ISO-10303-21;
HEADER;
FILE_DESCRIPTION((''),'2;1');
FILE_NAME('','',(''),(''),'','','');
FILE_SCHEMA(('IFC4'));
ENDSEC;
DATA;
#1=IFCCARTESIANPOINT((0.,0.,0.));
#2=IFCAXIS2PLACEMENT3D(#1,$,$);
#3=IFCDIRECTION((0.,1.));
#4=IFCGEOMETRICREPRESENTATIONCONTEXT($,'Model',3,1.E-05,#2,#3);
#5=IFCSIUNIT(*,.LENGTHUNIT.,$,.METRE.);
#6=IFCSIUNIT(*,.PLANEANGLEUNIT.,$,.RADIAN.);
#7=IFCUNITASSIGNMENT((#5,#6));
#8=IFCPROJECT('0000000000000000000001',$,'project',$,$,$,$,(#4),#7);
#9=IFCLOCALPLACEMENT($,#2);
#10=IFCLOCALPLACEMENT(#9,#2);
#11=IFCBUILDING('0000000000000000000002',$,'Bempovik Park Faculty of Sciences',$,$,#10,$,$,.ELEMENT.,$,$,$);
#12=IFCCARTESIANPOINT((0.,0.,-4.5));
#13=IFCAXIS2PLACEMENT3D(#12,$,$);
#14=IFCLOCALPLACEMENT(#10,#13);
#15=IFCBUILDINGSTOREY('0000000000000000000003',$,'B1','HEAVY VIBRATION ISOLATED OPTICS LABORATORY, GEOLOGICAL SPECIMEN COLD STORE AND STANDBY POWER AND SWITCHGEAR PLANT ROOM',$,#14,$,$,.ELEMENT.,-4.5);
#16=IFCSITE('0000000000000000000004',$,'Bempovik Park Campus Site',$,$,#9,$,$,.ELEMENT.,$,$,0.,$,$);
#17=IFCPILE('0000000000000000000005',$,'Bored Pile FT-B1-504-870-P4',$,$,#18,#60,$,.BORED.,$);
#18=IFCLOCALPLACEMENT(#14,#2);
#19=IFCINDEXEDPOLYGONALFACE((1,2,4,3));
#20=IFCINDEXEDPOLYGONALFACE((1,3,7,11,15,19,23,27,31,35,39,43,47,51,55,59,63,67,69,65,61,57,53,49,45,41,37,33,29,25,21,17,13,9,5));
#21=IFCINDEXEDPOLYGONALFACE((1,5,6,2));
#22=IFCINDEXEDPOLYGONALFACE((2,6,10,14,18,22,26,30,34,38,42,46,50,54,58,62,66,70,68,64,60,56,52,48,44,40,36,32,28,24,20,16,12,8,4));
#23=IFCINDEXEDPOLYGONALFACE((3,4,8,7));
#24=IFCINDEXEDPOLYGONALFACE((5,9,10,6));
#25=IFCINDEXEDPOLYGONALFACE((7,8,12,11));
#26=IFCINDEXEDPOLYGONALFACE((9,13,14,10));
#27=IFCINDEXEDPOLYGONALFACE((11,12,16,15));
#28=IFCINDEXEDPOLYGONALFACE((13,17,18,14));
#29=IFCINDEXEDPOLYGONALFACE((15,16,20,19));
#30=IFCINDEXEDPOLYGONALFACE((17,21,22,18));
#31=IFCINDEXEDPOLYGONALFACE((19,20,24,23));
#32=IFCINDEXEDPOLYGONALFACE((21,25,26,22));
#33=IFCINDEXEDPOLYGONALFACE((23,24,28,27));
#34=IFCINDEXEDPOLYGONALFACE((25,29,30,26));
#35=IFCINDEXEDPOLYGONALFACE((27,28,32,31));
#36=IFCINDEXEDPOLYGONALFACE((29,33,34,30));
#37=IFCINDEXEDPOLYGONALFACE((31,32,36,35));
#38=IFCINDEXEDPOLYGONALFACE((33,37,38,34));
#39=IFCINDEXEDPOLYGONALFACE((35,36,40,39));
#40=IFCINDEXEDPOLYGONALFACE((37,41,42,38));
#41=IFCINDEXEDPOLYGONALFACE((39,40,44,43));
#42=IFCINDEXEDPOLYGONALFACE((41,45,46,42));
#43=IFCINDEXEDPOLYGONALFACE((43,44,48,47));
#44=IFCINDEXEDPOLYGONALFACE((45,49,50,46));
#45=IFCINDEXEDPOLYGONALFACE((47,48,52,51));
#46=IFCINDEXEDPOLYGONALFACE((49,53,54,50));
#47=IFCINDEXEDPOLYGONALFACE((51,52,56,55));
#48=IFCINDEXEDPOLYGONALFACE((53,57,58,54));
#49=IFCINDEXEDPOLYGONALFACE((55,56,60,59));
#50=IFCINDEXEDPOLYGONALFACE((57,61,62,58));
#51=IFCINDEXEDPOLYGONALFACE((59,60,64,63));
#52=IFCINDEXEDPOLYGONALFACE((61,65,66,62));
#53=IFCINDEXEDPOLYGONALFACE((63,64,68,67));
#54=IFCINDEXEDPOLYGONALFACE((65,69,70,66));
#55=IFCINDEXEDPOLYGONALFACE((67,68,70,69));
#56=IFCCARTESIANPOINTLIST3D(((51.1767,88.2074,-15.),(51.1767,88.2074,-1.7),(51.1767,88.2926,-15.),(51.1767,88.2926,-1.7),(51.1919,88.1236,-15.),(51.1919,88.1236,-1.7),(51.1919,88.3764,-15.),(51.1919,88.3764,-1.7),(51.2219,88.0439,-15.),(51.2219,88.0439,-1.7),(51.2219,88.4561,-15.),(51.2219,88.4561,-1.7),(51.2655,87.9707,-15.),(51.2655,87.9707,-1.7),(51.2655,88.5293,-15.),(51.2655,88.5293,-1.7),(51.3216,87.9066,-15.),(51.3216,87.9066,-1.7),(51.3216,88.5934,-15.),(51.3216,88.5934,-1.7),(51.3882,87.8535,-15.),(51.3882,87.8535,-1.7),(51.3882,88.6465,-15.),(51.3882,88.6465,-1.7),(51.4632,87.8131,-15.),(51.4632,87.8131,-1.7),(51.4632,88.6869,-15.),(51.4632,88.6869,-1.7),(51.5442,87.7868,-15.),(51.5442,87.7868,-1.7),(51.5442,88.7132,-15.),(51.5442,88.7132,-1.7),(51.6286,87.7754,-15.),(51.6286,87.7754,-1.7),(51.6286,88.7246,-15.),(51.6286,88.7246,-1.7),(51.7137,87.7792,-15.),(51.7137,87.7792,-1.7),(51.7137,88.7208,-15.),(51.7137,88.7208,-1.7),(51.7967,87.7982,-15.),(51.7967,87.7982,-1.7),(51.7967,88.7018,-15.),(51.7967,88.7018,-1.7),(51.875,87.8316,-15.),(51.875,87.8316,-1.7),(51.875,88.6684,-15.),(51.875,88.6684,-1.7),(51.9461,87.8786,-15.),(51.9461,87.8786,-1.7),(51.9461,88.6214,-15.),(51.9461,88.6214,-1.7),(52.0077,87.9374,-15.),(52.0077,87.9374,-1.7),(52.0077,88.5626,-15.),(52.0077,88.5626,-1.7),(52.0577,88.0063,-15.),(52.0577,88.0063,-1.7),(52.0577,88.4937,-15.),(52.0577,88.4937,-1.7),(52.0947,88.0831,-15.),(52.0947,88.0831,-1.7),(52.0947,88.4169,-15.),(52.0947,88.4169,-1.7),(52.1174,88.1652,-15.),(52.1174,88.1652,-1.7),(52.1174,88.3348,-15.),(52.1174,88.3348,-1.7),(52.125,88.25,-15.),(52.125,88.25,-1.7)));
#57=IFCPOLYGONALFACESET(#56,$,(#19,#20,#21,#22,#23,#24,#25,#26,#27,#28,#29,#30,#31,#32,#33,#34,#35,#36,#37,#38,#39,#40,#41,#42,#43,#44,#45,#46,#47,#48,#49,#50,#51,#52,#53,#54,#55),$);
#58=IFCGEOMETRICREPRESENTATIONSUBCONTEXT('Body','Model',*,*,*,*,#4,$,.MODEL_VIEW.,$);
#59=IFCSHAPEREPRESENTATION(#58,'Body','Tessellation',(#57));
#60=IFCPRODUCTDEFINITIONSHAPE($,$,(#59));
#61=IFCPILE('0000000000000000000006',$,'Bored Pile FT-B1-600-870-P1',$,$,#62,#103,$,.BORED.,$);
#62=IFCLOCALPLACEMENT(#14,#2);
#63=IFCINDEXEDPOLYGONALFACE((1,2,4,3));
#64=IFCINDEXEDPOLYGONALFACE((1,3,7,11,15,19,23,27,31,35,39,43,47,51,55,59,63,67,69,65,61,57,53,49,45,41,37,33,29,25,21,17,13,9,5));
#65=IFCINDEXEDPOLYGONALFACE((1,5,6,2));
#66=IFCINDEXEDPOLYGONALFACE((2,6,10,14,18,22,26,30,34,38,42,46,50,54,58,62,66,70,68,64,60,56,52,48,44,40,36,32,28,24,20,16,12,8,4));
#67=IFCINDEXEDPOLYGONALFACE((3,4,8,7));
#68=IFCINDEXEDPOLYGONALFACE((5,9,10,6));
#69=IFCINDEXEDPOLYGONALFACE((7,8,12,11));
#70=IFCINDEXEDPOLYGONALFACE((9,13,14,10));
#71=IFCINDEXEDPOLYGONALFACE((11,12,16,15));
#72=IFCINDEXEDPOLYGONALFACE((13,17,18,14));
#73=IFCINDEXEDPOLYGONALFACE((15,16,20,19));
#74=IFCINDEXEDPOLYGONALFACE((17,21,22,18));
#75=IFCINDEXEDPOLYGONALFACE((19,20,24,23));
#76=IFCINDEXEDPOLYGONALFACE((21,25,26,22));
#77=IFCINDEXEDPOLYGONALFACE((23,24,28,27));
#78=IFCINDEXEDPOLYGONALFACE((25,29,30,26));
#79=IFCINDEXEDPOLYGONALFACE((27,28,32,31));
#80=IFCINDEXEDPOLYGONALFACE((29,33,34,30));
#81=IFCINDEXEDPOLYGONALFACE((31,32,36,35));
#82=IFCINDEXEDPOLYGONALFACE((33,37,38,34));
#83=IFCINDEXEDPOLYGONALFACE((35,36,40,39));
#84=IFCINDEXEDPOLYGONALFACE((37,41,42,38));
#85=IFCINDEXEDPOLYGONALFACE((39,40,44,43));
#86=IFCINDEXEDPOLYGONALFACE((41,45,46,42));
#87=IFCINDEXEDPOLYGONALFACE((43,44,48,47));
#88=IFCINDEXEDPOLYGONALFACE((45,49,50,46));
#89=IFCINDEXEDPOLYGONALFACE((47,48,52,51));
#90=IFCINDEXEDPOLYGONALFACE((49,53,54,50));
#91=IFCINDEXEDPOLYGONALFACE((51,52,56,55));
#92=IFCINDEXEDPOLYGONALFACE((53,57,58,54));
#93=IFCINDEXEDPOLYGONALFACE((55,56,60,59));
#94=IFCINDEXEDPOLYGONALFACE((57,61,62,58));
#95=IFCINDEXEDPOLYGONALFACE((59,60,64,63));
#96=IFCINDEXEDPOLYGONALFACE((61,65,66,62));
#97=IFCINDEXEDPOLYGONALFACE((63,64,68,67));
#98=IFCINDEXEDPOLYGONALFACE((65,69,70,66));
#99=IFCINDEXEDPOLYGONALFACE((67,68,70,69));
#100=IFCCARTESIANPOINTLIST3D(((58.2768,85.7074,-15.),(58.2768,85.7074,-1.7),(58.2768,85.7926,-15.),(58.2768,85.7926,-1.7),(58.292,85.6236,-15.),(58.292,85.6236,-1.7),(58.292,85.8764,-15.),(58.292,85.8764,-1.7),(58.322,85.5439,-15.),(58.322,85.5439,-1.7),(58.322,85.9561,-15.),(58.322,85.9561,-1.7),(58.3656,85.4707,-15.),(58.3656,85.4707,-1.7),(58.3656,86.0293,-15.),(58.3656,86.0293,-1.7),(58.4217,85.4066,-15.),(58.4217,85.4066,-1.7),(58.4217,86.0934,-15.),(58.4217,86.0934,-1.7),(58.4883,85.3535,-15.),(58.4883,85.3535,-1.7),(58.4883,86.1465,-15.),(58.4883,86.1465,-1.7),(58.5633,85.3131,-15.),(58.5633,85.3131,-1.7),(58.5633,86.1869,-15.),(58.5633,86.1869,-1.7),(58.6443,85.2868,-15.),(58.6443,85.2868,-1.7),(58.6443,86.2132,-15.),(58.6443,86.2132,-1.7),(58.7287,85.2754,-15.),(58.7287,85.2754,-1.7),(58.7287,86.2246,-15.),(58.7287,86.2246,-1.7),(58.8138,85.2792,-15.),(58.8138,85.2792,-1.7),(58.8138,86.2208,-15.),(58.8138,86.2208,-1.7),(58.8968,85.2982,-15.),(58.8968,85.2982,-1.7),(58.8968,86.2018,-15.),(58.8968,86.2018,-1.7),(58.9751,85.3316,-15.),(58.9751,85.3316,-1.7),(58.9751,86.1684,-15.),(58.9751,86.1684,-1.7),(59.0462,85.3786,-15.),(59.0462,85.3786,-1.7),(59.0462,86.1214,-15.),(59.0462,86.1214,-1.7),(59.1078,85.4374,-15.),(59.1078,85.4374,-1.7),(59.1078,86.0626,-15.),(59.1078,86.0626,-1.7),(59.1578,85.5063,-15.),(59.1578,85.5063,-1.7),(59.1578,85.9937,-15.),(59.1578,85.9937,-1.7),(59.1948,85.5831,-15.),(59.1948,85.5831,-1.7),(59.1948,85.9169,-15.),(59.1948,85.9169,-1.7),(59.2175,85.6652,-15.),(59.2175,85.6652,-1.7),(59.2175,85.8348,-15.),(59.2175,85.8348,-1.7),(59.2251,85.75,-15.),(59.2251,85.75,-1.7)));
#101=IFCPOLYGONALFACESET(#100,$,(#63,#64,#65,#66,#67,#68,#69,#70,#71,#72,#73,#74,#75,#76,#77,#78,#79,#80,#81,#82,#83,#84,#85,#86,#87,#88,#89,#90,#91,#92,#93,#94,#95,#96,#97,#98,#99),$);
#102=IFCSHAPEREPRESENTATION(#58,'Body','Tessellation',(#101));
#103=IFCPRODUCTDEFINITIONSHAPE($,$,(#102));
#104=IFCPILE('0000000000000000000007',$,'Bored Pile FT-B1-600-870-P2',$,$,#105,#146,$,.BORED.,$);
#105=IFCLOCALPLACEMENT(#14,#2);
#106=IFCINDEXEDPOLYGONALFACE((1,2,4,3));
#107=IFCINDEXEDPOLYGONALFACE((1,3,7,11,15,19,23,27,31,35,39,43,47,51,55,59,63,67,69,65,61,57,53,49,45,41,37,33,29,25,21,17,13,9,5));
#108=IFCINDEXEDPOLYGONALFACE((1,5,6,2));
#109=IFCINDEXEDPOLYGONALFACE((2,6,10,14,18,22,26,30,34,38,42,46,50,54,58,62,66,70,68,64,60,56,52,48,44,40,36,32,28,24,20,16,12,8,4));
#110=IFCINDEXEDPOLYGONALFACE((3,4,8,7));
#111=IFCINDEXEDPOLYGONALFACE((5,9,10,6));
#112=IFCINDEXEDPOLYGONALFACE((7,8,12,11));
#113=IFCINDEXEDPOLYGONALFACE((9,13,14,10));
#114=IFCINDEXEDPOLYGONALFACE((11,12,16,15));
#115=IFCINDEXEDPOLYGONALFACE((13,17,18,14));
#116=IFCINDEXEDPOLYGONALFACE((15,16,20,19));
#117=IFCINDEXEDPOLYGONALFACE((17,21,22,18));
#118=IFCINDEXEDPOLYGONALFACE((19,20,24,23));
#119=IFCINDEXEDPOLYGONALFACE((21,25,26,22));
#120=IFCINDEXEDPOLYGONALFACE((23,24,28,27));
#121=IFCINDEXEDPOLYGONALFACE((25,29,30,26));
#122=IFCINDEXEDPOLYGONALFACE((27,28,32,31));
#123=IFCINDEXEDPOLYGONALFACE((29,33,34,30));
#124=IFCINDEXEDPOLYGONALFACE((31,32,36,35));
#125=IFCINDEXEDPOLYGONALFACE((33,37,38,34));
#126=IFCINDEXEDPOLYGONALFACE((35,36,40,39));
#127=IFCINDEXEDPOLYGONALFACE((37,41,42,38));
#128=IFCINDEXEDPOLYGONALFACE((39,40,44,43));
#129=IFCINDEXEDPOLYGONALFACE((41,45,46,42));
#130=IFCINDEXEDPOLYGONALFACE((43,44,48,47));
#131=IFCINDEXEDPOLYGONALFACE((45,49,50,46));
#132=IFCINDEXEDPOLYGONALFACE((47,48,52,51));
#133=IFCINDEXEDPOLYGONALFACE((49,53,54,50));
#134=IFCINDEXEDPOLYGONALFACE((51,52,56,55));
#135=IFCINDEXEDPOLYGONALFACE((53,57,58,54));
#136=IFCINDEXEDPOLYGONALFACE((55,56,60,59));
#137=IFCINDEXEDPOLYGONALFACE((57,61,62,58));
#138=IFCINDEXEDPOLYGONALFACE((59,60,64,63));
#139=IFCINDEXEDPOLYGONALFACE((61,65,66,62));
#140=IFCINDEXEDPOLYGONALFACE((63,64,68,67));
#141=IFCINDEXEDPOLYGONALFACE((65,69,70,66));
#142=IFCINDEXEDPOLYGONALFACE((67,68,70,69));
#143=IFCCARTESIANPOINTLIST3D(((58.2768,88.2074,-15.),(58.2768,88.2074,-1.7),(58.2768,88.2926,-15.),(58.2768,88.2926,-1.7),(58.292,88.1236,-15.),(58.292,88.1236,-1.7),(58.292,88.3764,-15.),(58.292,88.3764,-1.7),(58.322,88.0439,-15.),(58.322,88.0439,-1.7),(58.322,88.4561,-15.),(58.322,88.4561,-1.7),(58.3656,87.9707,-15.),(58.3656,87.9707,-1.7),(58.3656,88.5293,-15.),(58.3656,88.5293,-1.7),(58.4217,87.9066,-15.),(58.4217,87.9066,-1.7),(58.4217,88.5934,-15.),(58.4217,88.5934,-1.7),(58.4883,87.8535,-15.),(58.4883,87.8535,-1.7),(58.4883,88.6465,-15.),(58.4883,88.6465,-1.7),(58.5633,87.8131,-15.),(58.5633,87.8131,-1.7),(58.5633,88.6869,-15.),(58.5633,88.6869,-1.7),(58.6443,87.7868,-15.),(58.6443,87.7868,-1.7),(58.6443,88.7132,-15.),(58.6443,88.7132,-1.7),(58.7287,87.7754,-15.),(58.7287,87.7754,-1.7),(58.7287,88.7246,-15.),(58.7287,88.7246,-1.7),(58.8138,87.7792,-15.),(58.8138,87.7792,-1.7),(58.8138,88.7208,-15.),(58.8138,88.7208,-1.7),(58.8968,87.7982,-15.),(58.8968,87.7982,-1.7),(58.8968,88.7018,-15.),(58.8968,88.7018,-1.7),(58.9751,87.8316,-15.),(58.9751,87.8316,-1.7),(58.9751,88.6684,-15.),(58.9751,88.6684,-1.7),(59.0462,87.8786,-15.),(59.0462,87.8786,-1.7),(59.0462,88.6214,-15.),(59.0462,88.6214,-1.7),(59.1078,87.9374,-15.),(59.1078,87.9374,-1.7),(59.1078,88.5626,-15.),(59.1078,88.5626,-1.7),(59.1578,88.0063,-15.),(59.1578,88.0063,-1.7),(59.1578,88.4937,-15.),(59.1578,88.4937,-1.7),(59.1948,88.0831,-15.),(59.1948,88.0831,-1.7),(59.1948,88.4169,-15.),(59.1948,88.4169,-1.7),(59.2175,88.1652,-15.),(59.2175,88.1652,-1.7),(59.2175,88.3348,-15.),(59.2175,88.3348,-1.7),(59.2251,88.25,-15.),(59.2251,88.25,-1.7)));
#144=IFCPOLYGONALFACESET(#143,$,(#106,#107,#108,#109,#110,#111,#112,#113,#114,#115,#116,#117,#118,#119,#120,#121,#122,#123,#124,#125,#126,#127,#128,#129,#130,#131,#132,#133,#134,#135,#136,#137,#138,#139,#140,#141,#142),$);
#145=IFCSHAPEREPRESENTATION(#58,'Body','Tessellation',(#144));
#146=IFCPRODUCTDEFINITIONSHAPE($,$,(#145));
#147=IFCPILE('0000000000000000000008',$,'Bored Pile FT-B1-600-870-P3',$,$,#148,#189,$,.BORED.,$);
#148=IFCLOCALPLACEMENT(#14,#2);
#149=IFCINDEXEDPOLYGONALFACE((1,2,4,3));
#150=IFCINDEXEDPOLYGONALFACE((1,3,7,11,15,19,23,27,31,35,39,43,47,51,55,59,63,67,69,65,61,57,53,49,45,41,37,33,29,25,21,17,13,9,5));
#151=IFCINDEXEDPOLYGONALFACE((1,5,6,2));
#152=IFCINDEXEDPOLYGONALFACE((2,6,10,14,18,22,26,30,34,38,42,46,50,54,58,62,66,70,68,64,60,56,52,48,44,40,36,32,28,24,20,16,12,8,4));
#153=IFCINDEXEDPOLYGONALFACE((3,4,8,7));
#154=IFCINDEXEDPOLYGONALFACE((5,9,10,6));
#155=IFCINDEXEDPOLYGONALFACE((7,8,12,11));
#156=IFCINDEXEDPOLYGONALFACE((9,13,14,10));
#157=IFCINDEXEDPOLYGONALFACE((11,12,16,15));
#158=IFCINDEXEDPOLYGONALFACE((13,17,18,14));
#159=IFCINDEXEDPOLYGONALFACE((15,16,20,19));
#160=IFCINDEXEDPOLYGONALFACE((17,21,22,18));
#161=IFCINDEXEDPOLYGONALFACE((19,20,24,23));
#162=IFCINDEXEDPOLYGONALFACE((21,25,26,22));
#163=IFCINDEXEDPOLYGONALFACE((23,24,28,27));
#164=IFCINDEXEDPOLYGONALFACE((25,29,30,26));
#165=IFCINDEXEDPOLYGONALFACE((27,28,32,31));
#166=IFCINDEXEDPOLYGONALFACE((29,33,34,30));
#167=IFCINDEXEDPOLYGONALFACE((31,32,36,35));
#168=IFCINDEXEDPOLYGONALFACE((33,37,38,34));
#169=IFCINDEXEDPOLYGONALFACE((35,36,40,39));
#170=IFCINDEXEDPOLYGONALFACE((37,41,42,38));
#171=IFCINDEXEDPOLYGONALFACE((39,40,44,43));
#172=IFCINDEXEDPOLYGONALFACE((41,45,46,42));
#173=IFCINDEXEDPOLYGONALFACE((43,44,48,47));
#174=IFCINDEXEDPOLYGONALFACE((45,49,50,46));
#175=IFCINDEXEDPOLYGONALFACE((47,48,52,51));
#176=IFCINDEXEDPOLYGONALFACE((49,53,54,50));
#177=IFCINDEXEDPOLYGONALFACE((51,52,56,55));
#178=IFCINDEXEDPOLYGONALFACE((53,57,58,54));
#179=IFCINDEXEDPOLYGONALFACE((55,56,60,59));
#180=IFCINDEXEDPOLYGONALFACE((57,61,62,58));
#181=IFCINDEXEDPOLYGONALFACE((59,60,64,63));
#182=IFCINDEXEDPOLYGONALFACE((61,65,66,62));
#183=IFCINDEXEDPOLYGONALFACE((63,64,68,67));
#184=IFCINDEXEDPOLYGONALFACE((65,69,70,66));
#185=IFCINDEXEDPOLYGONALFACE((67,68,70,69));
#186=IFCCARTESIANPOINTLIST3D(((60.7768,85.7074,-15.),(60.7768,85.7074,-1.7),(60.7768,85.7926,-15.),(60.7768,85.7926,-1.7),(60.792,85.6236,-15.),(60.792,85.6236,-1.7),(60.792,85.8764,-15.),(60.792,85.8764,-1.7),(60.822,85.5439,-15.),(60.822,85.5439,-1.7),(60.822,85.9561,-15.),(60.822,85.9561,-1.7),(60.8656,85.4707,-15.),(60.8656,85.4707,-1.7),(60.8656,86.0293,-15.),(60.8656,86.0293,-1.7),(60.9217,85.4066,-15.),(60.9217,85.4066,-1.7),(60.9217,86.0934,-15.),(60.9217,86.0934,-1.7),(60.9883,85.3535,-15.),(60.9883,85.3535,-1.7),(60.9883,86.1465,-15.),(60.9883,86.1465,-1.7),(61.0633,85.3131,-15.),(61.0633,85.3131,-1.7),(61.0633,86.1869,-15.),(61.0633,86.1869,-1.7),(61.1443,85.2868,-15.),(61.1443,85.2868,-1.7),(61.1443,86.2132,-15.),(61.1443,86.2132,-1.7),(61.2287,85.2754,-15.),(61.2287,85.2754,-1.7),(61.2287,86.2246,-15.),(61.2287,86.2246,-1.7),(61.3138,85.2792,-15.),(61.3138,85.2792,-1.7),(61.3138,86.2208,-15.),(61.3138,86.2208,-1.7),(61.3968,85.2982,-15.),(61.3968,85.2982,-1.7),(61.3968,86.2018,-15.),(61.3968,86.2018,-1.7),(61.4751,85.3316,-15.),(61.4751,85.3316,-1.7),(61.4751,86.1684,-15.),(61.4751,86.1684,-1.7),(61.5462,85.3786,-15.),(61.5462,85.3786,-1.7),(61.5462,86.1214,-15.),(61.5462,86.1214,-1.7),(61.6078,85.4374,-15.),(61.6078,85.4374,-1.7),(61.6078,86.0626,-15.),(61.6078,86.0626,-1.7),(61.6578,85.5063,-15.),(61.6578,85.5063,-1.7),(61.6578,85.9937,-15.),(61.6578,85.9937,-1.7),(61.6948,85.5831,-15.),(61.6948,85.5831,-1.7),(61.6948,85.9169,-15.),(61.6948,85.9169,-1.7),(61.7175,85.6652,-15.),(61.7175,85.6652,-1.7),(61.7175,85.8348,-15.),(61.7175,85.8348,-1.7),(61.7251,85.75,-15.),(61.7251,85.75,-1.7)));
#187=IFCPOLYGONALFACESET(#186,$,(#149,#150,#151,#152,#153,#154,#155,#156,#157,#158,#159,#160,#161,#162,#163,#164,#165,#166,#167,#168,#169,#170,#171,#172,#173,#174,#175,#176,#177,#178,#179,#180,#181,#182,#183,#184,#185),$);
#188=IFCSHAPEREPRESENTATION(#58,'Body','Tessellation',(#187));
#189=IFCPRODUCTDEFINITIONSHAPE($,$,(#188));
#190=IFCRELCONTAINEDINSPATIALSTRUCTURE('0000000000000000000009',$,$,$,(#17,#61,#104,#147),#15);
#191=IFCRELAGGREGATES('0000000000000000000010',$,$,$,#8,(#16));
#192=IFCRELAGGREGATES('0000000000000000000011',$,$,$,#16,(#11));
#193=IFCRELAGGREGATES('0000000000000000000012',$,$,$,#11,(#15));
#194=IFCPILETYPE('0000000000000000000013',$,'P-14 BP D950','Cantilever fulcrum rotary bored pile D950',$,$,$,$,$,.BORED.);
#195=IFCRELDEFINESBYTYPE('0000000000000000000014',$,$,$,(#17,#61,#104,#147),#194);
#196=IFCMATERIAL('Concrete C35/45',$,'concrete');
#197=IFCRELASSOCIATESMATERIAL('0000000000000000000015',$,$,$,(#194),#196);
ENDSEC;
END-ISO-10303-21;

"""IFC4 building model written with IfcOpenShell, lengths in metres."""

from ifc_helpers import new_model, si_unit, direction, frame, origin, origin_2d, place, context, subcontext, project, spatial, circle, extrude, material, material_profile, profile_set, type_object, element, save


model = new_model("IFC4")

# Units and contexts
model_context = context("Model", 3, precision=1e-05, world=origin(), true_north=direction((0.0, 1.0)))
body_context = subcontext(model_context, "Body", "Model", "MODEL_VIEW")
ifc_project = project(units=[si_unit("LENGTHUNIT", "METRE"), si_unit("PLANEANGLEUNIT", "RADIAN")], contexts=[model_context])

# Site, building, storey
site_placement = place(None, origin())
site = spatial("IfcSite", under=ifc_project, at=site_placement, Name="Bempovik Park Campus Site", CompositionType="ELEMENT", RefElevation=0.0)
building_placement = place(site_placement, origin())
building = spatial("IfcBuilding", under=site, at=building_placement, Name="Bempovik Park Faculty of Sciences", CompositionType="ELEMENT")
storey_placement = place(building_placement, frame((0.0, 0.0, -4.5)))
storey = spatial("IfcBuildingStorey", under=building, at=storey_placement, Name="B1", Description="HEAVY VIBRATION ISOLATED OPTICS LABORATORY, GEOLOGICAL SPECIMEN COLD STORE AND STANDBY POWER AND SWITCHGEAR PLANT ROOM", CompositionType="ELEMENT", Elevation=-4.5)

# Shared definitions
ifc_material_1 = material(Name="Concrete C35/45", Category="concrete")

# Piles
ifc_material_profile_1 = material_profile(ifc_material_1, circle(Radius=0.4751, at=origin_2d()), Name="BP D950")
ifc_profile_set_1 = profile_set([ifc_material_profile_1], Name="Concrete C35/45")
pile_type = type_object("IfcPileType", Name="P-14 BP D950", Description="Cantilever fulcrum rotary bored pile D950", PredefinedType="BORED", material=ifc_profile_set_1)
for number, where, z_axis, x_axis, name in (
    (1, (51.6499, 88.25, -1.7), (0.0, 0.0, -1.0), (1.0, 0.0, 0.0), "Bored Pile FT-B1-504-870-P4"),
    (2, (58.75, 85.75, -1.7), (0.0, 0.0, -1.0), (1.0, 0.0, 0.0), "Bored Pile FT-B1-600-870-P1"),
    (3, (58.75, 88.25, -1.7), (0.0, 0.0, -1.0), (1.0, 0.0, 0.0), "Bored Pile FT-B1-600-870-P2"),
    (4, (61.25, 85.75, -1.7), (0.0, 0.0, -1.0), (1.0, 0.0, 0.0), "Bored Pile FT-B1-600-870-P3"),
):
    element("IfcPile", number, at=place(storey_placement, frame(where, z_axis=z_axis, x_axis=x_axis)), inside=storey, type_object=pile_type, Name=name, PredefinedType="BORED", context=body_context, shape_type="SweptSolid", body=[
        extrude(circle(Radius=0.4751, at=origin_2d()), origin(), (0.0, 0.0, 1.0), 13.3),
    ])

save(model, "model.ifc")
